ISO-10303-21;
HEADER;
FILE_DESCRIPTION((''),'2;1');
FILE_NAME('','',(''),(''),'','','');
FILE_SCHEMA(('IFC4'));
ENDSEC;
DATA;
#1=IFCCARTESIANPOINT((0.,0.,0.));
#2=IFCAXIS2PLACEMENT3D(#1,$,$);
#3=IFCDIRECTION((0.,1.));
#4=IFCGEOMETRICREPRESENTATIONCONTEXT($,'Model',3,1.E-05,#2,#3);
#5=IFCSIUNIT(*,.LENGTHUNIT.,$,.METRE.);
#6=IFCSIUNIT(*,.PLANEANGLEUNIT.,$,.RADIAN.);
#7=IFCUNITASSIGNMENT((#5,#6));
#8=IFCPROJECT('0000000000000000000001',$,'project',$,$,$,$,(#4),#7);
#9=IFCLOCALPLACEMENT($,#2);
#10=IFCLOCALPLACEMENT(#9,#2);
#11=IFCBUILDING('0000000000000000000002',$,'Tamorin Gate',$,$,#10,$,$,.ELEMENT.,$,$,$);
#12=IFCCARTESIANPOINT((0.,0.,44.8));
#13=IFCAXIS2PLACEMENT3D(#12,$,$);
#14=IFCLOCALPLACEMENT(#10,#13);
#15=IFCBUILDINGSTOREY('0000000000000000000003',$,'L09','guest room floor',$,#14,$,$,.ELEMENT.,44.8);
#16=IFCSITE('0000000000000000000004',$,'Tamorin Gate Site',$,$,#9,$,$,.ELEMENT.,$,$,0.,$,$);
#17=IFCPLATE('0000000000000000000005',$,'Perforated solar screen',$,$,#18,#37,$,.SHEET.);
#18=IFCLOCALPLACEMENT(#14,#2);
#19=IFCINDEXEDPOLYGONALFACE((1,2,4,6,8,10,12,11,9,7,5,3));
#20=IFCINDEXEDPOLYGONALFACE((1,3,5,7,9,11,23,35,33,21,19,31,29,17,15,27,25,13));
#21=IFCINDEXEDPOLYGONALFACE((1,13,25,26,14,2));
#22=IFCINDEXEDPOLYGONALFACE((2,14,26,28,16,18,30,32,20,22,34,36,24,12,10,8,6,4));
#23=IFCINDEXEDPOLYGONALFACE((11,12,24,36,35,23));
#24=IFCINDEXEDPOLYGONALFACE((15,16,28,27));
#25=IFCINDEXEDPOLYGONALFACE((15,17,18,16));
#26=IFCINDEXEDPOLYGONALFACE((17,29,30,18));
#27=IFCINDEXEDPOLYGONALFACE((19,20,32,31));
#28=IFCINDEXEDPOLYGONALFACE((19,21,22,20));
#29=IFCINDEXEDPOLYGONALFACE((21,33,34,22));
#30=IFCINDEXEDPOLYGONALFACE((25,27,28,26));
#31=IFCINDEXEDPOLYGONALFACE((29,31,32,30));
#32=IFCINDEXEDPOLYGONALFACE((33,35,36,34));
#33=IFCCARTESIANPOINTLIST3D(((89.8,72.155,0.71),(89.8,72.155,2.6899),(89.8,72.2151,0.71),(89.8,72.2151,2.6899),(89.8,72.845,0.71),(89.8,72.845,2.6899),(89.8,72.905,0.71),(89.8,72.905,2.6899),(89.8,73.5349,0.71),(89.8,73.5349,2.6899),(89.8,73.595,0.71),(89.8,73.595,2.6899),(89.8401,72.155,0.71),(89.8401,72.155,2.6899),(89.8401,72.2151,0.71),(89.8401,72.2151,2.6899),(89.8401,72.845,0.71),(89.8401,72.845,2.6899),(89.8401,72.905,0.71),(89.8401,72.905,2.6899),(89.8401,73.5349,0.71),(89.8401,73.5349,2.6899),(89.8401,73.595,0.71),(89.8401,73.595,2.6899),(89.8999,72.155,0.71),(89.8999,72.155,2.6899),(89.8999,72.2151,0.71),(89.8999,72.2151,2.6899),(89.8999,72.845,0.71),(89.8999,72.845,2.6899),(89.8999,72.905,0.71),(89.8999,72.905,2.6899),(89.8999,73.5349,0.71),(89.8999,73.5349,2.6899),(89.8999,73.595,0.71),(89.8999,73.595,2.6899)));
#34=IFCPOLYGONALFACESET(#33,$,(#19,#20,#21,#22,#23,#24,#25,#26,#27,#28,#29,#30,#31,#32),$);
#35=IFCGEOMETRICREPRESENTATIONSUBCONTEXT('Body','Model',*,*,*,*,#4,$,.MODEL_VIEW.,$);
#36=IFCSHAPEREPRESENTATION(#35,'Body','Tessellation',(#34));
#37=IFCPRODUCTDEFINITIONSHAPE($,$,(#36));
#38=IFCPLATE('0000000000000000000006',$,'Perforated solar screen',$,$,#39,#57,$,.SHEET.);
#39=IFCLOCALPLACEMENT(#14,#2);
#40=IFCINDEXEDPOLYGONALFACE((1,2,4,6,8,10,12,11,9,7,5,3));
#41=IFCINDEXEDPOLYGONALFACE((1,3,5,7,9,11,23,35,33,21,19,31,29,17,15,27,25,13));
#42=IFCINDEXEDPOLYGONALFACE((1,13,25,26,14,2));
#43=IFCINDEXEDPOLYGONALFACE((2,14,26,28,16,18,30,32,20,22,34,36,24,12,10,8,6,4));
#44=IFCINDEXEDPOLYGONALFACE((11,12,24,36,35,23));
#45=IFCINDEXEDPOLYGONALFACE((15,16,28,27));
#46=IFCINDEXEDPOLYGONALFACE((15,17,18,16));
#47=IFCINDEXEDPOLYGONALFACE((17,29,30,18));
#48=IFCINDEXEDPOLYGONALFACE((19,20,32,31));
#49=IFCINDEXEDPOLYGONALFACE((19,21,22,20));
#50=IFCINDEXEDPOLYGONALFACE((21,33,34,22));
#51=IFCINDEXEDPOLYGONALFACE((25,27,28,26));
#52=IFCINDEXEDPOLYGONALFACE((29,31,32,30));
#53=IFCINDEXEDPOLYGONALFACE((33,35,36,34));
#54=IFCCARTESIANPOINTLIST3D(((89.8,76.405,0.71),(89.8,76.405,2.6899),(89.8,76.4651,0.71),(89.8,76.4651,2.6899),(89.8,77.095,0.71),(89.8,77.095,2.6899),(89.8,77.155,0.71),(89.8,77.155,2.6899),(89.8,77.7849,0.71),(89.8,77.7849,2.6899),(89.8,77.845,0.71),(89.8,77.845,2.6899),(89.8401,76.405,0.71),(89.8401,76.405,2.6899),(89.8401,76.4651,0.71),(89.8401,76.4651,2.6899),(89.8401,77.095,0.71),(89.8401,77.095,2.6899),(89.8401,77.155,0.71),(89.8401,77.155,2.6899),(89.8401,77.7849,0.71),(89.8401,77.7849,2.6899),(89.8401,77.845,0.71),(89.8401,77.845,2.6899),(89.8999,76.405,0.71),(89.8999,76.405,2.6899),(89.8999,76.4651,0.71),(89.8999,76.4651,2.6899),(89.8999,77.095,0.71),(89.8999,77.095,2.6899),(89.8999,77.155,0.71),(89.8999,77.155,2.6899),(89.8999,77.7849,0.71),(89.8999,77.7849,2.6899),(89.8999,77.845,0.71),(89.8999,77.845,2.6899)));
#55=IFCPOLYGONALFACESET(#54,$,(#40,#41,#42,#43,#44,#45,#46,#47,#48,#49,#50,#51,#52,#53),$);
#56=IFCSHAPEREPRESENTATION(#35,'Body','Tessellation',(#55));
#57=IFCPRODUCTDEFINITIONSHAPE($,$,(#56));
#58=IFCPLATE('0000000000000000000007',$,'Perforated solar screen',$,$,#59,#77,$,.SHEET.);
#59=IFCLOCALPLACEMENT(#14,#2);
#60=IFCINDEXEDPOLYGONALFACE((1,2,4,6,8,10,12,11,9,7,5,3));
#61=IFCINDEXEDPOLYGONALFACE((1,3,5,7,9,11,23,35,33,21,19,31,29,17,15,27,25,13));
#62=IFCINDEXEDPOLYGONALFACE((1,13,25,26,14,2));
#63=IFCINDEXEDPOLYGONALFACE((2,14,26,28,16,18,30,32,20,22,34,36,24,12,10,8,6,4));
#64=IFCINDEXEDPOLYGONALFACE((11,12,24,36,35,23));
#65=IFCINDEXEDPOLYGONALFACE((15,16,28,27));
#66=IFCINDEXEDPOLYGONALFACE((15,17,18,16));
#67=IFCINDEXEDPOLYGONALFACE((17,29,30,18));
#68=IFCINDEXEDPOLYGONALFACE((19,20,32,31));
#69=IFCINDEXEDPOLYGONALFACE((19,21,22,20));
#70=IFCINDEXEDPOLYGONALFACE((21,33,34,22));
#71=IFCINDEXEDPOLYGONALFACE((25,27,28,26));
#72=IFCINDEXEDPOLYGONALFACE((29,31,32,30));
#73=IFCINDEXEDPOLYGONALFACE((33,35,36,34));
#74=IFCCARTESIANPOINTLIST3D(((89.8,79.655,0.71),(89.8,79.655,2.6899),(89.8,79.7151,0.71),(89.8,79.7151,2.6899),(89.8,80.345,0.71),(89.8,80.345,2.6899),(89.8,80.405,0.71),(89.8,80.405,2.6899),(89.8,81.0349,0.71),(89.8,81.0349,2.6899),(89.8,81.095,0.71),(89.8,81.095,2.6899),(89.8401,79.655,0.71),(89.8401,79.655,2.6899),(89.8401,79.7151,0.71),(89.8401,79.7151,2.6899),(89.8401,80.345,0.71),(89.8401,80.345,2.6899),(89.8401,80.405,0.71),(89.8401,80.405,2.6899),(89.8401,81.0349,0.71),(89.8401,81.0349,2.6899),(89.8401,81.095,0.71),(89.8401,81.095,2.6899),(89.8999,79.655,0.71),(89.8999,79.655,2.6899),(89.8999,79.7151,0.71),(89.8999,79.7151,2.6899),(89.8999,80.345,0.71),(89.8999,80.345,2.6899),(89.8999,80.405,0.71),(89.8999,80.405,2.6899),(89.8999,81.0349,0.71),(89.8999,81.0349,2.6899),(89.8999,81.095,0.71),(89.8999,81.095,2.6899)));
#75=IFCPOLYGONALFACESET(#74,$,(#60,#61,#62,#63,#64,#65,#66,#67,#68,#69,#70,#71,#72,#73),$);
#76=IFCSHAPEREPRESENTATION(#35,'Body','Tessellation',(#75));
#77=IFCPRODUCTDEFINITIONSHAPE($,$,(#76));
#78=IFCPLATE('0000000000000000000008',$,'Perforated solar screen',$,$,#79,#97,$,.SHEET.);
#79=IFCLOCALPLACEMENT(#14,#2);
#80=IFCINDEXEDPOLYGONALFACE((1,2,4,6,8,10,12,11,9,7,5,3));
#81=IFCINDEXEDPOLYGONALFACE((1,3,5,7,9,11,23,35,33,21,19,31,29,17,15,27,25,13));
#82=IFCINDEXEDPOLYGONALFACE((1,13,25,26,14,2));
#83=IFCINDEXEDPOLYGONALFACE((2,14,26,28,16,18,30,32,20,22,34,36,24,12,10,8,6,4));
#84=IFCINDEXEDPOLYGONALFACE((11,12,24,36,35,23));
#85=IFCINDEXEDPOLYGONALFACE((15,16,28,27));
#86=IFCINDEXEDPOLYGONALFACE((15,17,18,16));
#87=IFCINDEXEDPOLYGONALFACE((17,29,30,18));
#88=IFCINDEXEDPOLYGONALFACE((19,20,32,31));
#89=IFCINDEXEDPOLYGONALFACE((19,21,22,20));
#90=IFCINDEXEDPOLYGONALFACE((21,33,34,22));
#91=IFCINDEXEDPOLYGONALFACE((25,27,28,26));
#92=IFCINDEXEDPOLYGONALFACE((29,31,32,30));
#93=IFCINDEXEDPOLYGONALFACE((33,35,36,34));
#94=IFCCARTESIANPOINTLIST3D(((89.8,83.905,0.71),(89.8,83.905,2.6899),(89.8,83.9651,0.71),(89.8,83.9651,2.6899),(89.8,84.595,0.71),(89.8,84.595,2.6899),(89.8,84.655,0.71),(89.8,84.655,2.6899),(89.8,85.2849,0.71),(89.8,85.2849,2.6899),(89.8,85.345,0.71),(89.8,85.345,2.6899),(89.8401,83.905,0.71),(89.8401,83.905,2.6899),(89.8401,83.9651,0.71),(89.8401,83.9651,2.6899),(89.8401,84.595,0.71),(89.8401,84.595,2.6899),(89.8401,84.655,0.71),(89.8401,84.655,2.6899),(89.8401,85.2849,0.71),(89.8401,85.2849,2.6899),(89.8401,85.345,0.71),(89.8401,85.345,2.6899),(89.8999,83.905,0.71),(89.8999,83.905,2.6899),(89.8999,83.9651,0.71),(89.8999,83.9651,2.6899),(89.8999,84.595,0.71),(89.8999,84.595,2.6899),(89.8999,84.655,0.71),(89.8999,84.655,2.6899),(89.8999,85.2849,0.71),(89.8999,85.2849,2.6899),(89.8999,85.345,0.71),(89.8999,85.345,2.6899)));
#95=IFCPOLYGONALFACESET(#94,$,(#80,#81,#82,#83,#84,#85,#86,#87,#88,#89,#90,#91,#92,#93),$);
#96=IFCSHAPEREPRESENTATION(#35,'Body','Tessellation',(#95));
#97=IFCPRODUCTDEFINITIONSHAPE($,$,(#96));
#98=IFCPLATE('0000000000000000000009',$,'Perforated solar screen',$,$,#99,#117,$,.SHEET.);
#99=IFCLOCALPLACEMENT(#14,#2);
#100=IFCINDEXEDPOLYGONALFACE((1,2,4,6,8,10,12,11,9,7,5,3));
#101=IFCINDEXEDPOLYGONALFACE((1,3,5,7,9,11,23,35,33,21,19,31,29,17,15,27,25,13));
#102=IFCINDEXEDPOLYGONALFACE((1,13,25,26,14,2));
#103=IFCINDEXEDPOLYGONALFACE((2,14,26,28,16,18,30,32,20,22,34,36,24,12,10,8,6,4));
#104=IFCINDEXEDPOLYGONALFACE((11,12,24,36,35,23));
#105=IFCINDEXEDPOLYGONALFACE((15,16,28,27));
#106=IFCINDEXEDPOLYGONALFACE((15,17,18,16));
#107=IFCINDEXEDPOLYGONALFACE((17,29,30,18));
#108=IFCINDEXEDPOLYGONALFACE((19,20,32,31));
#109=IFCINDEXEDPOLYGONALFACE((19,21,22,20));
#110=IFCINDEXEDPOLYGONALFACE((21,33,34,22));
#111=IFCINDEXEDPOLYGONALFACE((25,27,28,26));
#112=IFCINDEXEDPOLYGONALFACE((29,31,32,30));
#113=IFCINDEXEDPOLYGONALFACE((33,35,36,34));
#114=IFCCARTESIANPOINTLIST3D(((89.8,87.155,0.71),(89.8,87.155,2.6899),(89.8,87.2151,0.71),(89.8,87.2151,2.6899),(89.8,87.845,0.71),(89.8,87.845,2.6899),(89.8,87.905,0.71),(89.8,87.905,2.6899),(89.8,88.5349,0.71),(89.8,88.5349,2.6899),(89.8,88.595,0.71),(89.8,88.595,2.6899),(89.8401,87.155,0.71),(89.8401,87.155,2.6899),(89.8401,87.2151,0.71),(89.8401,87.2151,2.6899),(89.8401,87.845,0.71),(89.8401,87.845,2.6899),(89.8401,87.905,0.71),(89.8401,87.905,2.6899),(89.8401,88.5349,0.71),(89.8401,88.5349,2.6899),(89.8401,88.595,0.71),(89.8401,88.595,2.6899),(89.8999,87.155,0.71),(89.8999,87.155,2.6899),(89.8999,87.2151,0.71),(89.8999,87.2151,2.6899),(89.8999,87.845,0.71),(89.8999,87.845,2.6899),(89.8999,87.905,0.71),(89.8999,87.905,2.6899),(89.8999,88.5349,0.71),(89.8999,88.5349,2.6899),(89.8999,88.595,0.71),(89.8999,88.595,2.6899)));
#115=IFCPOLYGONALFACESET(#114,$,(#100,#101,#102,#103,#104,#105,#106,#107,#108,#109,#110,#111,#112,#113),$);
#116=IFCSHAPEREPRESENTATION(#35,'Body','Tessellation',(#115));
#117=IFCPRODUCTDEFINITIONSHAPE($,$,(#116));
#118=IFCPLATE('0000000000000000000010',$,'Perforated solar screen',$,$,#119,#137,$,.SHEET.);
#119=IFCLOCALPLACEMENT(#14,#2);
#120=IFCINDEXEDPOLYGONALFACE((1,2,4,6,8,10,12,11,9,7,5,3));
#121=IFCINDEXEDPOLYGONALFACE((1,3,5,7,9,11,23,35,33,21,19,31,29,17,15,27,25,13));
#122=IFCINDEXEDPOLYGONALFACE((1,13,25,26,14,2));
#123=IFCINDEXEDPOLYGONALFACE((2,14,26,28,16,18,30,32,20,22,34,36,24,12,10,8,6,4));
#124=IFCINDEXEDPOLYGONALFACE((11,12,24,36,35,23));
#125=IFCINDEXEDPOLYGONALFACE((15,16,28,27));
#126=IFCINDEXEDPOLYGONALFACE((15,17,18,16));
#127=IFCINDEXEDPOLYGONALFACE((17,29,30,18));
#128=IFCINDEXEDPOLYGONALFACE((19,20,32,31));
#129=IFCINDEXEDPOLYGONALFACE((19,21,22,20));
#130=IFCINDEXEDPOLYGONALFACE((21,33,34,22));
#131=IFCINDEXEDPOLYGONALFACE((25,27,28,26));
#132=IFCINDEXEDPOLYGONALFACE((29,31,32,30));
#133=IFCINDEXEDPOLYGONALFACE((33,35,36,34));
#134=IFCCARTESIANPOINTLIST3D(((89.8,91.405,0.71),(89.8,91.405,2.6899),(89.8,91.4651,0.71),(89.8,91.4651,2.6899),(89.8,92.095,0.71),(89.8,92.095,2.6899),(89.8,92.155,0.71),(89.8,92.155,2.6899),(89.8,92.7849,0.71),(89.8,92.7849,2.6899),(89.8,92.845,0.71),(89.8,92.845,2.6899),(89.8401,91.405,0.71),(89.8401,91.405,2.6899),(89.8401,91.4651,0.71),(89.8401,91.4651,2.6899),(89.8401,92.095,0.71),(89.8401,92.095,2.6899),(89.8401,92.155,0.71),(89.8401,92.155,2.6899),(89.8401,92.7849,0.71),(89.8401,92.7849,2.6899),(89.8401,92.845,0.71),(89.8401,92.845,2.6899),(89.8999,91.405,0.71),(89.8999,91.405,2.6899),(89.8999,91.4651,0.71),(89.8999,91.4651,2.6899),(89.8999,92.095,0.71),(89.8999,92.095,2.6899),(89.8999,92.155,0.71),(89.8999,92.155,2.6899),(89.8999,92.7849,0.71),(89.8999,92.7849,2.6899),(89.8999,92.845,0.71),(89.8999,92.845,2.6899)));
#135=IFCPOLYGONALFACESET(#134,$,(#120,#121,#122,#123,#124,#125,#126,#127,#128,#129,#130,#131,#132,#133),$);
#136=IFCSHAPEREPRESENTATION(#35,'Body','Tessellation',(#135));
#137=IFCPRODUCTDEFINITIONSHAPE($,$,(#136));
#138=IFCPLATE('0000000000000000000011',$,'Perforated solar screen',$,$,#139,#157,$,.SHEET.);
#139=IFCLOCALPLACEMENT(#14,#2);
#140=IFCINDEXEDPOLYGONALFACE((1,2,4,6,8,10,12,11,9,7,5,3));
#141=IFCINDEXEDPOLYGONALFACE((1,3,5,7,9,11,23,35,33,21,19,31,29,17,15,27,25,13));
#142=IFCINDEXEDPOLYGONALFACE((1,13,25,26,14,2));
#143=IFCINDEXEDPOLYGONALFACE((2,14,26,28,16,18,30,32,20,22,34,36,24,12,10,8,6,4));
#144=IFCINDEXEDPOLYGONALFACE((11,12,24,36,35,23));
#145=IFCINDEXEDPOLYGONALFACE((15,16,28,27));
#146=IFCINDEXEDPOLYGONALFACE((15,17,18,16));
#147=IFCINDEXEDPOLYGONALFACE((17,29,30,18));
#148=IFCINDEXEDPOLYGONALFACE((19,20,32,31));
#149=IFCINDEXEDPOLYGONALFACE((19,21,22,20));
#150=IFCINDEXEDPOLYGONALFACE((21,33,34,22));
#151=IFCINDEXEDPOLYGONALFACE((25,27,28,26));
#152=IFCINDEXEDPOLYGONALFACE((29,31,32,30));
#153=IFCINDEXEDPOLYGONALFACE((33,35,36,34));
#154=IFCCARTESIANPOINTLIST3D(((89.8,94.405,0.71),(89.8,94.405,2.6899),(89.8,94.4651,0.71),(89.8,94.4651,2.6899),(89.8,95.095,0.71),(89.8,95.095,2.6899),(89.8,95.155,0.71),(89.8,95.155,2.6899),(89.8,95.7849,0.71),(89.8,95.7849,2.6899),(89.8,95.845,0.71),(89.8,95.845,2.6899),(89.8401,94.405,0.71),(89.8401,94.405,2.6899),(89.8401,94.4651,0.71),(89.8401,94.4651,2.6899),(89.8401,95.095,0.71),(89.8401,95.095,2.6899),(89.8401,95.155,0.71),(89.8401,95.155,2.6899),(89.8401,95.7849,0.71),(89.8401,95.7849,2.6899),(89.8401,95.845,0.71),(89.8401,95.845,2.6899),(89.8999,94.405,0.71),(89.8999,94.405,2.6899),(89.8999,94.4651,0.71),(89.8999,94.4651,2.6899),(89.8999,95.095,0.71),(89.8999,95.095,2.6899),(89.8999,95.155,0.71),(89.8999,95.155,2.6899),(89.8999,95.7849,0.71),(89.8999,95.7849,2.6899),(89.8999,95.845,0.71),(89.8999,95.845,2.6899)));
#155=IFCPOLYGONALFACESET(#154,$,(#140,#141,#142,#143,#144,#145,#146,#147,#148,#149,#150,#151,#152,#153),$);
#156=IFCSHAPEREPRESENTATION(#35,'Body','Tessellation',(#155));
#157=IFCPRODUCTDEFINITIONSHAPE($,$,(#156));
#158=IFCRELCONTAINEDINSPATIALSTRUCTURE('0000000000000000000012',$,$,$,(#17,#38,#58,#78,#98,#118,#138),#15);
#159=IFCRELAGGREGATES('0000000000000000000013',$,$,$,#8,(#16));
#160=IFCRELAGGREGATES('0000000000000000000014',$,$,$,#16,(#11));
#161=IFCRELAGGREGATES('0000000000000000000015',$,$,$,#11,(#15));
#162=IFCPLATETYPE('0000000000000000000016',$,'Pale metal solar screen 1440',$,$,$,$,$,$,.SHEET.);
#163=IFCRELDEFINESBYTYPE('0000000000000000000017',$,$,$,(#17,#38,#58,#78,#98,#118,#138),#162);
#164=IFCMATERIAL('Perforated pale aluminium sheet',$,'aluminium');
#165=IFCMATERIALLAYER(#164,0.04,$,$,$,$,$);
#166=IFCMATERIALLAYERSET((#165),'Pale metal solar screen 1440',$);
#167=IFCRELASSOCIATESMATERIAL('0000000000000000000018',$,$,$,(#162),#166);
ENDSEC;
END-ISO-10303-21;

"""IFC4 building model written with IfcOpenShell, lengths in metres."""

from ifc_helpers import new_model, si_unit, direction, frame, origin, place, context, subcontext, project, spatial, polyline, outline, extrude, material, layer, layer_set, type_object, element, save


model = new_model("IFC4")

# Units and contexts
model_context = context("Model", 3, precision=1e-05, world=origin(), true_north=direction((0.0, 1.0)))
body_context = subcontext(model_context, "Body", "Model", "MODEL_VIEW")
ifc_project = project(units=[si_unit("LENGTHUNIT", "METRE"), si_unit("PLANEANGLEUNIT", "RADIAN")], contexts=[model_context])

# Site, building, storey
site_placement = place(None, origin())
site = spatial("IfcSite", under=ifc_project, at=site_placement, Name="Tamorin Gate Site", CompositionType="ELEMENT", RefElevation=0.0)
building_placement = place(site_placement, origin())
building = spatial("IfcBuilding", under=site, at=building_placement, Name="Tamorin Gate", CompositionType="ELEMENT")
storey_placement = place(building_placement, frame((0.0, 0.0, 44.8)))
storey = spatial("IfcBuildingStorey", under=building, at=storey_placement, Name="L09", Description="guest room floor", CompositionType="ELEMENT", Elevation=44.8)

# Plates
ifc_material = material(Name="Perforated pale aluminium sheet", Category="aluminium")
ifc_layer = layer(ifc_material, 0.04)
ifc_layer_set = layer_set([ifc_layer], Name="Pale metal solar screen 1440")
plate_type = type_object("IfcPlateType", Name="Pale metal solar screen 1440", PredefinedType="SHEET", material=ifc_layer_set)
plate_1_placement = place(storey_placement, frame((0.0, 0.0, 0.71)))
element("IfcPlate", 1, at=plate_1_placement, inside=storey, type_object=plate_type, Name="Perforated solar screen", PredefinedType="SHEET", context=body_context, shape_type="SweptSolid", body=[
    extrude(outline(polyline([(89.8401, 72.155), (89.8, 72.155), (89.8, 72.2151), (89.8, 72.845), (89.8, 72.905), (89.8, 73.5349), (89.8, 73.595), (89.8401, 73.595), (89.8999, 73.595), (89.8999, 73.5349), (89.8401, 73.5349), (89.8401, 72.905), (89.8999, 72.905), (89.8999, 72.845), (89.8401, 72.845), (89.8401, 72.2151), (89.8999, 72.2151), (89.8999, 72.155), (89.8401, 72.155)])), origin(), (0.0, 0.0, 1.0), 1.98),
])
plate_2_placement = place(storey_placement, frame((0.0, 0.0, 0.71)))
element("IfcPlate", 2, at=plate_2_placement, inside=storey, type_object=plate_type, Name="Perforated solar screen", PredefinedType="SHEET", context=body_context, shape_type="SweptSolid", body=[
    extrude(outline(polyline([(89.8401, 76.405), (89.8, 76.405), (89.8, 76.4651), (89.8, 77.095), (89.8, 77.155), (89.8, 77.7849), (89.8, 77.845), (89.8401, 77.845), (89.8999, 77.845), (89.8999, 77.7849), (89.8401, 77.7849), (89.8401, 77.155), (89.8999, 77.155), (89.8999, 77.095), (89.8401, 77.095), (89.8401, 76.4651), (89.8999, 76.4651), (89.8999, 76.405), (89.8401, 76.405)])), origin(), (0.0, 0.0, 1.0), 1.98),
])
plate_3_placement = place(storey_placement, frame((0.0, 0.0, 0.71)))
element("IfcPlate", 3, at=plate_3_placement, inside=storey, type_object=plate_type, Name="Perforated solar screen", PredefinedType="SHEET", context=body_context, shape_type="SweptSolid", body=[
    extrude(outline(polyline([(89.8401, 79.655), (89.8, 79.655), (89.8, 79.7151), (89.8, 80.345), (89.8, 80.405), (89.8, 81.0349), (89.8, 81.095), (89.8401, 81.095), (89.8999, 81.095), (89.8999, 81.0349), (89.8401, 81.0349), (89.8401, 80.405), (89.8999, 80.405), (89.8999, 80.345), (89.8401, 80.345), (89.8401, 79.7151), (89.8999, 79.7151), (89.8999, 79.655), (89.8401, 79.655)])), origin(), (0.0, 0.0, 1.0), 1.98),
])
plate_4_placement = place(storey_placement, frame((0.0, 0.0, 0.71)))
element("IfcPlate", 4, at=plate_4_placement, inside=storey, type_object=plate_type, Name="Perforated solar screen", PredefinedType="SHEET", context=body_context, shape_type="SweptSolid", body=[
    extrude(outline(polyline([(89.8401, 83.905), (89.8, 83.905), (89.8, 83.9651), (89.8, 84.595), (89.8, 84.655), (89.8, 85.2849), (89.8, 85.345), (89.8401, 85.345), (89.8999, 85.345), (89.8999, 85.2849), (89.8401, 85.2849), (89.8401, 84.655), (89.8999, 84.655), (89.8999, 84.595), (89.8401, 84.595), (89.8401, 83.9651), (89.8999, 83.9651), (89.8999, 83.905), (89.8401, 83.905)])), origin(), (0.0, 0.0, 1.0), 1.98),
])
plate_5_placement = place(storey_placement, frame((0.0, 0.0, 0.71)))
element("IfcPlate", 5, at=plate_5_placement, inside=storey, type_object=plate_type, Name="Perforated solar screen", PredefinedType="SHEET", context=body_context, shape_type="SweptSolid", body=[
    extrude(outline(polyline([(89.8401, 87.155), (89.8, 87.155), (89.8, 87.2151), (89.8, 87.845), (89.8, 87.905), (89.8, 88.5349), (89.8, 88.595), (89.8401, 88.595), (89.8999, 88.595), (89.8999, 88.5349), (89.8401, 88.5349), (89.8401, 87.905), (89.8999, 87.905), (89.8999, 87.845), (89.8401, 87.845), (89.8401, 87.2151), (89.8999, 87.2151), (89.8999, 87.155), (89.8401, 87.155)])), origin(), (0.0, 0.0, 1.0), 1.98),
])
plate_6_placement = place(storey_placement, frame((0.0, 0.0, 0.71)))
element("IfcPlate", 6, at=plate_6_placement, inside=storey, type_object=plate_type, Name="Perforated solar screen", PredefinedType="SHEET", context=body_context, shape_type="SweptSolid", body=[
    extrude(outline(polyline([(89.8401, 91.405), (89.8, 91.405), (89.8, 91.4651), (89.8, 92.095), (89.8, 92.155), (89.8, 92.7849), (89.8, 92.845), (89.8401, 92.845), (89.8999, 92.845), (89.8999, 92.7849), (89.8401, 92.7849), (89.8401, 92.155), (89.8999, 92.155), (89.8999, 92.095), (89.8401, 92.095), (89.8401, 91.4651), (89.8999, 91.4651), (89.8999, 91.405), (89.8401, 91.405)])), origin(), (0.0, 0.0, 1.0), 1.98),
])
plate_7_placement = place(storey_placement, frame((0.0, 0.0, 0.71)))
element("IfcPlate", 7, at=plate_7_placement, inside=storey, type_object=plate_type, Name="Perforated solar screen", PredefinedType="SHEET", context=body_context, shape_type="SweptSolid", body=[
    extrude(outline(polyline([(89.8401, 94.405), (89.8, 94.405), (89.8, 94.4651), (89.8, 95.095), (89.8, 95.155), (89.8, 95.7849), (89.8, 95.845), (89.8401, 95.845), (89.8999, 95.845), (89.8999, 95.7849), (89.8401, 95.7849), (89.8401, 95.155), (89.8999, 95.155), (89.8999, 95.095), (89.8401, 95.095), (89.8401, 94.4651), (89.8999, 94.4651), (89.8999, 94.405), (89.8401, 94.405)])), origin(), (0.0, 0.0, 1.0), 1.98),
])

save(model, "model.ifc")
